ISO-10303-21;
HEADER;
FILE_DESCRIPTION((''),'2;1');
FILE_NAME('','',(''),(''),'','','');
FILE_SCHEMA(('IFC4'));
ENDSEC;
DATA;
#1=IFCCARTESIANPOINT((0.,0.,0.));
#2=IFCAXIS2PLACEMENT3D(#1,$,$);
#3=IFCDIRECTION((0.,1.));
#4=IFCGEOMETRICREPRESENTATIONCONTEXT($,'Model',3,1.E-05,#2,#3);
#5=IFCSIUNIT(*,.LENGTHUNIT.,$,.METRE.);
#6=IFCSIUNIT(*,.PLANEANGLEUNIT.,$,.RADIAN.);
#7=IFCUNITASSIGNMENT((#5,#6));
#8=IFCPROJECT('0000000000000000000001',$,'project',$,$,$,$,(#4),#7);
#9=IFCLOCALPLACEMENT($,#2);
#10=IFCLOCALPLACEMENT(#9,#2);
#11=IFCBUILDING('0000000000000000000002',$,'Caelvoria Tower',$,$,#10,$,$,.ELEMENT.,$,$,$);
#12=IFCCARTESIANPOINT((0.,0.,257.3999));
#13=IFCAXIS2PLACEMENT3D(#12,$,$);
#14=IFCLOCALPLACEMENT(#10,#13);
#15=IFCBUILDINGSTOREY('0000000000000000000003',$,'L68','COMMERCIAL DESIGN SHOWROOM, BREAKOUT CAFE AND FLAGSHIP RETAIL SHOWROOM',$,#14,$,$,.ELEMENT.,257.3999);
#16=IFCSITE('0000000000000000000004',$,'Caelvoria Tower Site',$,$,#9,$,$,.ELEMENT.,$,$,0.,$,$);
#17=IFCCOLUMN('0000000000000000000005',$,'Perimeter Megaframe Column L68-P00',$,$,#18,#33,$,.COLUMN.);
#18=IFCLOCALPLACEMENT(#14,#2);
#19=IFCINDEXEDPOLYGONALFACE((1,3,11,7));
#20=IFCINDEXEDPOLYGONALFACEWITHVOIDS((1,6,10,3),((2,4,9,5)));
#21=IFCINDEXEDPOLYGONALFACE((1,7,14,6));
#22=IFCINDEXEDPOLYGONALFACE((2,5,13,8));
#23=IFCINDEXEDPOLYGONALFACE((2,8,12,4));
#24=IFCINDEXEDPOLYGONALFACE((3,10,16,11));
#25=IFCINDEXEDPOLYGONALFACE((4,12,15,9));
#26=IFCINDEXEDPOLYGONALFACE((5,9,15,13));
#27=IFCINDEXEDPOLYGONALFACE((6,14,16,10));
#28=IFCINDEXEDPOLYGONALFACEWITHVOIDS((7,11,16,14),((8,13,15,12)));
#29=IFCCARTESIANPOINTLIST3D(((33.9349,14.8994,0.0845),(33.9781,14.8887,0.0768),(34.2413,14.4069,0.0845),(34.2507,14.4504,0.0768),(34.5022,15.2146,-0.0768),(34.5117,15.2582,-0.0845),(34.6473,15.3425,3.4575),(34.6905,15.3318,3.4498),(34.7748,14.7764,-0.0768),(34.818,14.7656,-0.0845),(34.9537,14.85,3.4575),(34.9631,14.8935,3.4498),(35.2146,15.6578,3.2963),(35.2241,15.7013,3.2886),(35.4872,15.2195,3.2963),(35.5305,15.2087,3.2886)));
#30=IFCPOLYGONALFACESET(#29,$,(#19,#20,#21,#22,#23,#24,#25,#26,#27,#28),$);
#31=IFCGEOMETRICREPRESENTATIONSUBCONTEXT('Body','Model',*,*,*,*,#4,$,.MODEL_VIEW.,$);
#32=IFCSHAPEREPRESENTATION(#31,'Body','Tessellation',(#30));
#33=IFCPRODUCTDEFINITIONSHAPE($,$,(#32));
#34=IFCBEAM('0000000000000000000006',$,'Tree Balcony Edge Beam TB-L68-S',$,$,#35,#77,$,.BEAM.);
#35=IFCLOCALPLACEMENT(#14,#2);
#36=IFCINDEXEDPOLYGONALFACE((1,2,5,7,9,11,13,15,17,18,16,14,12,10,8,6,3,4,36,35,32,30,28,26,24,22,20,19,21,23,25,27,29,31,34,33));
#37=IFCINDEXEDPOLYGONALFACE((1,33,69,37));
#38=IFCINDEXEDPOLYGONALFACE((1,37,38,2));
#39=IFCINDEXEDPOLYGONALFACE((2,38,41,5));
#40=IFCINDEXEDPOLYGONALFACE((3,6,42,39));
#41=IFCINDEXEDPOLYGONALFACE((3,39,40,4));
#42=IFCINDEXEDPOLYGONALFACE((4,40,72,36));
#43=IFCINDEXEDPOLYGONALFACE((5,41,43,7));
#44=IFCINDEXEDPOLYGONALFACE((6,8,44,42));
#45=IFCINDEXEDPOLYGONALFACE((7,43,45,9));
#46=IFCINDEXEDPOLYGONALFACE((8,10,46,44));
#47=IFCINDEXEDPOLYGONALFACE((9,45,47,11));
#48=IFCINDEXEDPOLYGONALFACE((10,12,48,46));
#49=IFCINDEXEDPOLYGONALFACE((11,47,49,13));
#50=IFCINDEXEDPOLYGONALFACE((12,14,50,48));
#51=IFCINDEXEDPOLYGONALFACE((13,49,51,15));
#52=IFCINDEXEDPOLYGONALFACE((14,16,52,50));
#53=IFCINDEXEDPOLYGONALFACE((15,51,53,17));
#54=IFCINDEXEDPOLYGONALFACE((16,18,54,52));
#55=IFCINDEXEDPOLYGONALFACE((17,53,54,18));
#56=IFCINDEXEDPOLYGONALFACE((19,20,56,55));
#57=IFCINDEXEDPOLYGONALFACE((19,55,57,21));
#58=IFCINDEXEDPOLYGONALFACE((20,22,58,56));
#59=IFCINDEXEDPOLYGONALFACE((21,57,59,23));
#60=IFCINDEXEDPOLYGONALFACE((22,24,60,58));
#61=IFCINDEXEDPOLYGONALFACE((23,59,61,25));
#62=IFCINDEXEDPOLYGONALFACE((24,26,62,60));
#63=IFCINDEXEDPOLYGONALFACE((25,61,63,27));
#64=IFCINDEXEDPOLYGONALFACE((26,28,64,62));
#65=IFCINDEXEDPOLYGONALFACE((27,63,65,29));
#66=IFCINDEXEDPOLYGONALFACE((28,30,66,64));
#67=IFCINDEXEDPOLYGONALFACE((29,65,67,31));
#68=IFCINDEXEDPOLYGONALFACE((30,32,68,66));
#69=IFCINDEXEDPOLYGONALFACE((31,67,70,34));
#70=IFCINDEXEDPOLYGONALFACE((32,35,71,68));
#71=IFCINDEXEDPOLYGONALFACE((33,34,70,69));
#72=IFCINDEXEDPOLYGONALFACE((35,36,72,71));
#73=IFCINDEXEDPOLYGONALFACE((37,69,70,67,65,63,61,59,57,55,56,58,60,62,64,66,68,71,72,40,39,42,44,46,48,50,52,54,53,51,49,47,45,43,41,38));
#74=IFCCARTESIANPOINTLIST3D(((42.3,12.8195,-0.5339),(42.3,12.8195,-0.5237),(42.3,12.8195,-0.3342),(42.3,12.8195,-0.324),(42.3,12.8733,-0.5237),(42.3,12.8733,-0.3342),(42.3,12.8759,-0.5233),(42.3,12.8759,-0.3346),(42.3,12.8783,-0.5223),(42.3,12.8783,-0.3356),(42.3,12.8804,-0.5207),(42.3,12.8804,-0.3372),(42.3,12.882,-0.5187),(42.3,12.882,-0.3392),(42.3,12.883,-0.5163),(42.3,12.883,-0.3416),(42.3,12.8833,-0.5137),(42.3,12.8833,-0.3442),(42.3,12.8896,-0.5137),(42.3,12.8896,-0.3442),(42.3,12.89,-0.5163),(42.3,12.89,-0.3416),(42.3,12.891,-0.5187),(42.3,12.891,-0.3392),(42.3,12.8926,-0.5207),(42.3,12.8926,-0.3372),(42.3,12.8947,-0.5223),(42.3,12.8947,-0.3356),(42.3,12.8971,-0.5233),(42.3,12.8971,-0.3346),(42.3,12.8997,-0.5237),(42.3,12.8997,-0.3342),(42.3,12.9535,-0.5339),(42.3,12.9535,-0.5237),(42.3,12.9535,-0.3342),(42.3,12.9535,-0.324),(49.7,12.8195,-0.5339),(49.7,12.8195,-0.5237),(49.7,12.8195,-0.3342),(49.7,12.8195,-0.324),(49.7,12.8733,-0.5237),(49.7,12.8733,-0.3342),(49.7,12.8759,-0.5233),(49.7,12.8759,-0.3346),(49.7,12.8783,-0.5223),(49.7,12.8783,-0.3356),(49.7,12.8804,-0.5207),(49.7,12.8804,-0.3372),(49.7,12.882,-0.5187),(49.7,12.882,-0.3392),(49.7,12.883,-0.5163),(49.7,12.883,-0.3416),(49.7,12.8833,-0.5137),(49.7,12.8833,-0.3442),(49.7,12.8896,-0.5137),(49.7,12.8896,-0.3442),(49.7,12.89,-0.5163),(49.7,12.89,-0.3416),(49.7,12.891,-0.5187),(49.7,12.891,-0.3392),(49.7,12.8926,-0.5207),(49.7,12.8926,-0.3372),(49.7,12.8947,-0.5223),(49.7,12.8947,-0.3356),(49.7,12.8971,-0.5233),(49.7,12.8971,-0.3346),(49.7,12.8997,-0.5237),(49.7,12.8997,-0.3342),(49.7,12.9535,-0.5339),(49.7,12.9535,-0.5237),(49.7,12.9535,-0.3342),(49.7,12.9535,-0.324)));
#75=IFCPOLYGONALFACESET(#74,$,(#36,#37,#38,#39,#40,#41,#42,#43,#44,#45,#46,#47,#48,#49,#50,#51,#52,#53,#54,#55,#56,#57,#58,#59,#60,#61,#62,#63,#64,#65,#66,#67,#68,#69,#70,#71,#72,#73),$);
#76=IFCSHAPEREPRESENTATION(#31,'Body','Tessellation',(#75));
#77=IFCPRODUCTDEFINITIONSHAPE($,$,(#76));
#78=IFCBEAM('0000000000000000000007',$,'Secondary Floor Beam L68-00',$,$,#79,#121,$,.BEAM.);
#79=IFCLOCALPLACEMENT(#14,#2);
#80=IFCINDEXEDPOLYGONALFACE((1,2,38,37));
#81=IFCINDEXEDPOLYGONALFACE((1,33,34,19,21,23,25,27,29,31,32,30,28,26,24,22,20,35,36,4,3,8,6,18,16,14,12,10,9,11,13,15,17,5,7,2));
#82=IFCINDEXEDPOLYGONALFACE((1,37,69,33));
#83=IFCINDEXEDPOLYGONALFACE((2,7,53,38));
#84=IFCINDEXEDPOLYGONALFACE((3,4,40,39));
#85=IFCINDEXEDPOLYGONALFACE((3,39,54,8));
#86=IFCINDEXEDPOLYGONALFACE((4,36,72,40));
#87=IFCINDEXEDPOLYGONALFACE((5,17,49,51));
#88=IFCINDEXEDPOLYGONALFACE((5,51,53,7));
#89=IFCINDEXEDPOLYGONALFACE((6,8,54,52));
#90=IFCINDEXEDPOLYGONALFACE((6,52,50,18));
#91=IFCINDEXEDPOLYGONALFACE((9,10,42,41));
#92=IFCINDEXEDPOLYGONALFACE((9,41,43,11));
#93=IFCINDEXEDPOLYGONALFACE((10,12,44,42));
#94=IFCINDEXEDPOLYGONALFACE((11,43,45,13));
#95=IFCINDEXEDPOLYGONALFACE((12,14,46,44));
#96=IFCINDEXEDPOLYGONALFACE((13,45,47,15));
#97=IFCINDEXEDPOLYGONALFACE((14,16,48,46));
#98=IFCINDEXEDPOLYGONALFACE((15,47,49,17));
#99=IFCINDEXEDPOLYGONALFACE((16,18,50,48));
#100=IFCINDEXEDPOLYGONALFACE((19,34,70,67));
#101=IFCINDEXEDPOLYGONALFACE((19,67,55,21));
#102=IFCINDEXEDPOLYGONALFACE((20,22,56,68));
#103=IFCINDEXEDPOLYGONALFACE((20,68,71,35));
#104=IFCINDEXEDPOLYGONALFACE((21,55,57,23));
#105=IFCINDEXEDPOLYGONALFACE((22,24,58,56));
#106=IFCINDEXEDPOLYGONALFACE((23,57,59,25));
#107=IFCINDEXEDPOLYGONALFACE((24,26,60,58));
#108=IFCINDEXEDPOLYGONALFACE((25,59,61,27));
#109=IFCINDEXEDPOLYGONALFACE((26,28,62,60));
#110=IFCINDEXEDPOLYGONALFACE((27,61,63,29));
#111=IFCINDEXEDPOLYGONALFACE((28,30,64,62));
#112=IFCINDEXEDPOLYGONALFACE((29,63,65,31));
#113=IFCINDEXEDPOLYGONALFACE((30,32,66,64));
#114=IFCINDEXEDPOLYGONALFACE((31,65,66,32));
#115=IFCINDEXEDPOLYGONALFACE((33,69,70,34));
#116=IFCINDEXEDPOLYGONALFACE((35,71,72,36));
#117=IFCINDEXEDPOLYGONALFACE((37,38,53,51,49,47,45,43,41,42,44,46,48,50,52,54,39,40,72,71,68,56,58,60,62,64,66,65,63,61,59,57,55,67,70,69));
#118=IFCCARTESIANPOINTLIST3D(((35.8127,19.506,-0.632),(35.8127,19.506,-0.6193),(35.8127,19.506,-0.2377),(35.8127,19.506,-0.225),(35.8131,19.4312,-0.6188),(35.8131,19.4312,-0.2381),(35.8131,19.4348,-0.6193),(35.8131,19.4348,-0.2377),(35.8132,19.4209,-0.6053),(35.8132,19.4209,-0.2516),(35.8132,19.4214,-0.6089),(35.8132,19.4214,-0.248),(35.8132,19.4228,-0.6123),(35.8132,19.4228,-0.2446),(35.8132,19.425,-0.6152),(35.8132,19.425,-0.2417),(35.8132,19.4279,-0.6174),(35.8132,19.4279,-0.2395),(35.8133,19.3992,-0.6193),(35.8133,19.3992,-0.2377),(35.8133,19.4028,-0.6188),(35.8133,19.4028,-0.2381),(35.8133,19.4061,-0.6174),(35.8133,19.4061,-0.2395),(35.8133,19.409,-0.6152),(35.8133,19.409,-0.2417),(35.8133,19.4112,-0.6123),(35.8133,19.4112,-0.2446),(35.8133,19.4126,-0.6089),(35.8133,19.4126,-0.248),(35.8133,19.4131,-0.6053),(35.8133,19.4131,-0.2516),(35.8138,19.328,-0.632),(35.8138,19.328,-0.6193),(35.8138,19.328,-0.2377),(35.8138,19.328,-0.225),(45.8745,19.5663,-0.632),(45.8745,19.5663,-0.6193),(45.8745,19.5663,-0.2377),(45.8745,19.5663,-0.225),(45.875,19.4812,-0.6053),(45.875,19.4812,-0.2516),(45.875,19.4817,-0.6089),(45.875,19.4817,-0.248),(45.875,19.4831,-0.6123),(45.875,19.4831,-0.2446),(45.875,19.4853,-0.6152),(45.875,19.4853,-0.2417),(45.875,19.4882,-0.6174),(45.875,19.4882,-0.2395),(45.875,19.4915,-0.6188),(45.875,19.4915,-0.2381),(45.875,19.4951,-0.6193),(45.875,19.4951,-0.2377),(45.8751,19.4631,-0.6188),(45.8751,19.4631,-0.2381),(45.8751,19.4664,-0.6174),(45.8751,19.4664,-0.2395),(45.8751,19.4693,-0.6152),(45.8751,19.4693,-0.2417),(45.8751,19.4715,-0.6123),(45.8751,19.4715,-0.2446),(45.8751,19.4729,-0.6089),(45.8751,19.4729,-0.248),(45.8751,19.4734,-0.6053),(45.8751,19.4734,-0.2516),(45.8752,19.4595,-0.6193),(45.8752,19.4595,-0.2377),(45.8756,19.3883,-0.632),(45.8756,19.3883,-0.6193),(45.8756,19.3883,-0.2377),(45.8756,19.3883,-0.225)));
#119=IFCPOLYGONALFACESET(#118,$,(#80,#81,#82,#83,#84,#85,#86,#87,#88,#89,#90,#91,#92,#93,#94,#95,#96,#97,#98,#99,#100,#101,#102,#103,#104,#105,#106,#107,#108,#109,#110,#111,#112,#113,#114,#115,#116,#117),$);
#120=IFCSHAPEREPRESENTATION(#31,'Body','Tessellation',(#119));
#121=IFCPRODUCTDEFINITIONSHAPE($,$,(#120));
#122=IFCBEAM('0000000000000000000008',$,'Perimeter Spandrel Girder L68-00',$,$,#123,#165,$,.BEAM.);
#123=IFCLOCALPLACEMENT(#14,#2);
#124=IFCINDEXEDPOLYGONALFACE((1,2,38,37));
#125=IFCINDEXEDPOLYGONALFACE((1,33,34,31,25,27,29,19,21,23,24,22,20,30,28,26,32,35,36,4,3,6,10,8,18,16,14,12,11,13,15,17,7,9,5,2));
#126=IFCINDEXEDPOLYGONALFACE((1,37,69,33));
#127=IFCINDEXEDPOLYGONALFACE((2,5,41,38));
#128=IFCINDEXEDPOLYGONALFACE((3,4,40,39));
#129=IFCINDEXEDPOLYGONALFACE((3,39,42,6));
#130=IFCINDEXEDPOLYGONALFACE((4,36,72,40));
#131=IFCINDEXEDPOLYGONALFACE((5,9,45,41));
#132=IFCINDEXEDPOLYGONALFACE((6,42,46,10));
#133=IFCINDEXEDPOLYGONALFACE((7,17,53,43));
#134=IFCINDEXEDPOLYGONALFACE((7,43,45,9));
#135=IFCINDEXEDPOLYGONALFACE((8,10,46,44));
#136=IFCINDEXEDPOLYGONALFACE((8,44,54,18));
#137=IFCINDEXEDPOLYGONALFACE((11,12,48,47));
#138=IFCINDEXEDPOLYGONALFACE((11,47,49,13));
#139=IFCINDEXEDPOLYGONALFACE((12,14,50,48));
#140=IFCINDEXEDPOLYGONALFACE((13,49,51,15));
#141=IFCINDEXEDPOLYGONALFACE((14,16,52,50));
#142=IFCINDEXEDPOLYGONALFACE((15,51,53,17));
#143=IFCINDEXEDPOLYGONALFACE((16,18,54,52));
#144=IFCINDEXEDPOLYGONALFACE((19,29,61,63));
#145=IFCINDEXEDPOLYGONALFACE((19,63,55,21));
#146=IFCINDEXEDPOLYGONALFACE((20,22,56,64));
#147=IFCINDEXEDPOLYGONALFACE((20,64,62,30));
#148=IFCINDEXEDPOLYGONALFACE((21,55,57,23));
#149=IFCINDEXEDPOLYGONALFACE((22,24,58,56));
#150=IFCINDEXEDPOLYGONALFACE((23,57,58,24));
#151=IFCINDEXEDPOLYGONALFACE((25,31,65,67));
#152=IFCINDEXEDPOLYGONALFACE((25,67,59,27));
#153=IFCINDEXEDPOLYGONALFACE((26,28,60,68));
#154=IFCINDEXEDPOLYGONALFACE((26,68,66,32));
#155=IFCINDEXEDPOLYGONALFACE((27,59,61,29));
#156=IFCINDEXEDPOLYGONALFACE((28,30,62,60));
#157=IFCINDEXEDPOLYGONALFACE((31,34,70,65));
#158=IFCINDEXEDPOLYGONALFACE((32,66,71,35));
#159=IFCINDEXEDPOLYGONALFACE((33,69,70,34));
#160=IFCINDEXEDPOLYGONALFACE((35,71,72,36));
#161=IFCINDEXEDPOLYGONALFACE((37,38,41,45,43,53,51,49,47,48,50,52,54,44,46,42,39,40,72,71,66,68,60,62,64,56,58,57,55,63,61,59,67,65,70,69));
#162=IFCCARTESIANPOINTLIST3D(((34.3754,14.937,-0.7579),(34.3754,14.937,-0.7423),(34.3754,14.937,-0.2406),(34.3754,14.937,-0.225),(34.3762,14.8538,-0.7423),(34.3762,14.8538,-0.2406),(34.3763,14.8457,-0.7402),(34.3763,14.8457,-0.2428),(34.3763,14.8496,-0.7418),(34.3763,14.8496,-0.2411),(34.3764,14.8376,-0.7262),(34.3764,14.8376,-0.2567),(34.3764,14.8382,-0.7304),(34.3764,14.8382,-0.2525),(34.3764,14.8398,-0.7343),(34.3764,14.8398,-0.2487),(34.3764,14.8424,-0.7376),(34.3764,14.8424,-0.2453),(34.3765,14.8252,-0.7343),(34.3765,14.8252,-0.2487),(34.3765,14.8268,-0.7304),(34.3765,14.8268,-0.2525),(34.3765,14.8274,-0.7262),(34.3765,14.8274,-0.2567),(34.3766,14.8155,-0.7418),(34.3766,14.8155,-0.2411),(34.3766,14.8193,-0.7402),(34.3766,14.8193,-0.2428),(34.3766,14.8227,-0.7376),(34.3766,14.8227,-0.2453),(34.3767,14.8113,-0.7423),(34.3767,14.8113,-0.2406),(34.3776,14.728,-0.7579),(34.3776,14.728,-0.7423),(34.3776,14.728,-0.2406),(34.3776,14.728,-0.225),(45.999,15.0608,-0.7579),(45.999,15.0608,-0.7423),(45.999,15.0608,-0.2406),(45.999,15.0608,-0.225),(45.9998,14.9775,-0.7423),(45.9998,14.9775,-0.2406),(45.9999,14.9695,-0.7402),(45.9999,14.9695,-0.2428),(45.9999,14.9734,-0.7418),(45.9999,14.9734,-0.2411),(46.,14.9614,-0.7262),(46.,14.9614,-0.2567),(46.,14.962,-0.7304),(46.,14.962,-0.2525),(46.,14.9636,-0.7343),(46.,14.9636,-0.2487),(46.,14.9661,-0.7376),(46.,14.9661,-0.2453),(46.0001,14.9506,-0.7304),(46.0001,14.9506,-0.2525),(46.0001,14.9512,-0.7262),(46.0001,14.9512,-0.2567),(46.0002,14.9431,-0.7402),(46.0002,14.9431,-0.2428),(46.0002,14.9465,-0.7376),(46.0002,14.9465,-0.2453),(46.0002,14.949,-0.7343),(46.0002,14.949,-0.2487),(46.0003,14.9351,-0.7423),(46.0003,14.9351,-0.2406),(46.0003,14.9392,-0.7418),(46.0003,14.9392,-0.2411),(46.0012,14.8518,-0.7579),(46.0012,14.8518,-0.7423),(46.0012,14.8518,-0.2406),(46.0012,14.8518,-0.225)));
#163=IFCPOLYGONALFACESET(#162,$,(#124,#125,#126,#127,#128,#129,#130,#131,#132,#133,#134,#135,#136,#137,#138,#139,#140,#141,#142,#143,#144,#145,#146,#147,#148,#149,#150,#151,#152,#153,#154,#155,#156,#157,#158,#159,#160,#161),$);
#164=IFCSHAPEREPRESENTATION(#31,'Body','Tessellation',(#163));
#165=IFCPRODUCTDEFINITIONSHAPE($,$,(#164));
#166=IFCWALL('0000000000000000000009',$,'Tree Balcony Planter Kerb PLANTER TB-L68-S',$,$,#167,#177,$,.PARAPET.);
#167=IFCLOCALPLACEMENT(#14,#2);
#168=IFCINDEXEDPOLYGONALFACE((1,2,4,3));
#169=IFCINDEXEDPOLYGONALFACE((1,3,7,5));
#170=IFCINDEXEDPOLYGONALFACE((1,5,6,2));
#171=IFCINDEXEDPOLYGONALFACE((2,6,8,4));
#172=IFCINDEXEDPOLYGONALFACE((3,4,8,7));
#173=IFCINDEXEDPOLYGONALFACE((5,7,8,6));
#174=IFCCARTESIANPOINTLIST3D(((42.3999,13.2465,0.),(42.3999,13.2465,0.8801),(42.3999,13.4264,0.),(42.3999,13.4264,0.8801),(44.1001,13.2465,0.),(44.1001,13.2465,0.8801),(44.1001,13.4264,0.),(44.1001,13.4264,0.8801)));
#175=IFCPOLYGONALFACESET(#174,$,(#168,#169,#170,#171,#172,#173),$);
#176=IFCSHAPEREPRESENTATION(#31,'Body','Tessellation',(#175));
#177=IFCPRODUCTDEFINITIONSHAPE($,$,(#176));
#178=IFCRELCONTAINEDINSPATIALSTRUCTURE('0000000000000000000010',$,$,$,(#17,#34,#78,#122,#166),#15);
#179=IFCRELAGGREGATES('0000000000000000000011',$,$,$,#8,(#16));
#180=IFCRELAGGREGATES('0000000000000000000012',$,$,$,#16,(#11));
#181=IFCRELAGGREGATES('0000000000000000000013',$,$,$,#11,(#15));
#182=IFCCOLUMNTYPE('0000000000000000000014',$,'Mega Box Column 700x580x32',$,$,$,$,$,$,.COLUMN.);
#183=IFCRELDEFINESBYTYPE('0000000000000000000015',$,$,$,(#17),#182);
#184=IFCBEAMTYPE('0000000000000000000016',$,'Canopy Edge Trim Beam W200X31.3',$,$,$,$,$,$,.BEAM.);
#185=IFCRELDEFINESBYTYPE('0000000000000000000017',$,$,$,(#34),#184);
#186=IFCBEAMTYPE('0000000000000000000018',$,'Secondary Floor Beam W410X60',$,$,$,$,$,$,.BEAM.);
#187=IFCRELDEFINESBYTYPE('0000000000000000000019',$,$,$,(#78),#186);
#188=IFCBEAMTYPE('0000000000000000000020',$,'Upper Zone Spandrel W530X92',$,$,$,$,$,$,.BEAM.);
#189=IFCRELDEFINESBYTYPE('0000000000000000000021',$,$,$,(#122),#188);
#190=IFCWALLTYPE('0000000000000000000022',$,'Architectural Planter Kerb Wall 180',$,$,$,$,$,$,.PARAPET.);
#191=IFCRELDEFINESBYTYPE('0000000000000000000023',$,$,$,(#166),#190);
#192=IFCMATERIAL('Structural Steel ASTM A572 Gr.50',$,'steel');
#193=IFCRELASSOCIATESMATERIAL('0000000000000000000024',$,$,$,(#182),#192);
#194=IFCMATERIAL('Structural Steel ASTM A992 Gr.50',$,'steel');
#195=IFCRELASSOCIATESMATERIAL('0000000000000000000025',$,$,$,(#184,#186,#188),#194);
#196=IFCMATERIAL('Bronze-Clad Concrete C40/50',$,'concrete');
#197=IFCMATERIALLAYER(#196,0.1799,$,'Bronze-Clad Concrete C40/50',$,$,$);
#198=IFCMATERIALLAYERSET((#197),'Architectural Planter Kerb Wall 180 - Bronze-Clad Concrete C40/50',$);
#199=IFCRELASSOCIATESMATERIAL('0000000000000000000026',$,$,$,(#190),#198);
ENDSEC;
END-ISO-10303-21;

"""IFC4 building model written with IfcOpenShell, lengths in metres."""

from ifc_helpers import new_model, si_unit, direction, frame, frame_2d, origin, origin_2d, place, context, subcontext, project, spatial, rectangle, hollow_rectangle, i_section, extrude, material, layer, layer_set, material_profile, profile_set, type_object, element, save


model = new_model("IFC4")

# Units and contexts
model_context = context("Model", 3, precision=1e-05, world=origin(), true_north=direction((0.0, 1.0)))
body_context = subcontext(model_context, "Body", "Model", "MODEL_VIEW")
ifc_project = project(units=[si_unit("LENGTHUNIT", "METRE"), si_unit("PLANEANGLEUNIT", "RADIAN")], contexts=[model_context])

# Site, building, storey
site_placement = place(None, origin())
site = spatial("IfcSite", under=ifc_project, at=site_placement, Name="Caelvoria Tower Site", CompositionType="ELEMENT", RefElevation=0.0)
building_placement = place(site_placement, origin())
building = spatial("IfcBuilding", under=site, at=building_placement, Name="Caelvoria Tower", CompositionType="ELEMENT")
storey_placement = place(building_placement, frame((0.0, 0.0, 257.3999)))
storey = spatial("IfcBuildingStorey", under=building, at=storey_placement, Name="L68", Description="COMMERCIAL DESIGN SHOWROOM, BREAKOUT CAFE AND FLAGSHIP RETAIL SHOWROOM", CompositionType="ELEMENT", Elevation=257.3999)

# Column
ifc_material_1 = material(Name="Structural Steel ASTM A572 Gr.50", Category="steel")
ifc_material_profile_1 = material_profile(ifc_material_1, hollow_rectangle(XDim=0.5801, YDim=0.7, WallThickness=0.032, at=origin_2d()), Name="Structural Steel ASTM A572 Gr.50")
ifc_profile_set_1 = profile_set([ifc_material_profile_1], Name="BOX700X580X32 - Structural Steel ASTM A572 Gr.50")
column_type = type_object("IfcColumnType", Name="Mega Box Column 700x580x32", PredefinedType="COLUMN", material=ifc_profile_set_1)
column_placement = place(storey_placement, frame((34.3765, 14.8325, 0.0), z_axis=(0.20496, 0.127485, 0.970432), x_axis=(-0.528167, 0.849141, 0.0)))
element("IfcColumn", 1, at=column_placement, inside=storey, type_object=column_type, Name="Perimeter Megaframe Column L68-P00", PredefinedType="COLUMN", context=body_context, shape_type="SweptSolid", body=[
    extrude(hollow_rectangle(XDim=0.5801, YDim=0.7, WallThickness=0.032, at=origin_2d()), origin(), (0.0, 0.0, 1.0), 3.4758),
])

# Beams
ifc_material_2 = material(Name="Structural Steel ASTM A992 Gr.50", Category="steel")
ifc_material_profile_2 = material_profile(ifc_material_2, i_section(OverallWidth=0.134, OverallDepth=0.21, WebThickness=0.0063, FlangeThickness=0.0103, FilletRadius=0.01, at=origin_2d()), Name="Structural Steel ASTM A992 Gr.50")
ifc_profile_set_2 = profile_set([ifc_material_profile_2], Name="W200X31.3 - Structural Steel ASTM A992 Gr.50")
beam_type_1 = type_object("IfcBeamType", Name="Canopy Edge Trim Beam W200X31.3", PredefinedType="BEAM", material=ifc_profile_set_2)
beam_1_placement = place(storey_placement, frame((42.3, 12.8865, -0.429), z_axis=(1.0, 0.0, 0.0), x_axis=(0.0, 1.0, 0.0)))
element("IfcBeam", 2, at=beam_1_placement, inside=storey, type_object=beam_type_1, Name="Tree Balcony Edge Beam TB-L68-S", PredefinedType="BEAM", context=body_context, shape_type="SweptSolid", body=[
    extrude(i_section(OverallWidth=0.134, OverallDepth=0.21, WebThickness=0.0063, FlangeThickness=0.0103, FilletRadius=0.01, at=origin_2d()), origin(), (0.0, 0.0, 1.0), 7.3999),
])
ifc_material_profile_3 = material_profile(ifc_material_2, i_section(OverallWidth=0.178, OverallDepth=0.407, WebThickness=0.0078, FlangeThickness=0.0127, FilletRadius=0.0139, at=origin_2d()), Name="Structural Steel ASTM A992 Gr.50")
ifc_profile_set_3 = profile_set([ifc_material_profile_3], Name="W410X60 - Structural Steel ASTM A992 Gr.50")
beam_type_2 = type_object("IfcBeamType", Name="Secondary Floor Beam W410X60", PredefinedType="BEAM", material=ifc_profile_set_3)
beam_2_placement = place(storey_placement, frame((35.8132, 19.417, -0.4285), z_axis=(0.999982, 0.005993, 0.0), x_axis=(-0.005993, 0.999982, 0.0)))
element("IfcBeam", 3, at=beam_2_placement, inside=storey, type_object=beam_type_2, Name="Secondary Floor Beam L68-00", PredefinedType="BEAM", context=body_context, shape_type="SweptSolid", body=[
    extrude(i_section(OverallWidth=0.178, OverallDepth=0.407, WebThickness=0.0078, FlangeThickness=0.0127, FilletRadius=0.0139, at=origin_2d()), origin(), (0.0, 0.0, 1.0), 10.062),
])
ifc_material_profile_4 = material_profile(ifc_material_2, i_section(OverallWidth=0.209, OverallDepth=0.533, WebThickness=0.0103, FlangeThickness=0.0156, FilletRadius=0.0161, at=origin_2d()), Name="Structural Steel ASTM A992 Gr.50")
ifc_profile_set_4 = profile_set([ifc_material_profile_4], Name="W530X92 - Structural Steel ASTM A992 Gr.50")
beam_type_3 = type_object("IfcBeamType", Name="Upper Zone Spandrel W530X92", PredefinedType="BEAM", material=ifc_profile_set_4)
beam_3_placement = place(storey_placement, frame((34.3765, 14.8325, -0.4915), z_axis=(0.999943, 0.010648, 0.0), x_axis=(-0.010648, 0.999943, 0.0)))
element("IfcBeam", 4, at=beam_3_placement, inside=storey, type_object=beam_type_3, Name="Perimeter Spandrel Girder L68-00", PredefinedType="BEAM", context=body_context, shape_type="SweptSolid", body=[
    extrude(i_section(OverallWidth=0.209, OverallDepth=0.533, WebThickness=0.0103, FlangeThickness=0.0156, FilletRadius=0.0161, at=origin_2d()), origin(), (0.0, 0.0, 1.0), 11.6243),
])

# Wall
ifc_material_3 = material(Name="Bronze-Clad Concrete C40/50", Category="concrete")
ifc_layer_1 = layer(ifc_material_3, 0.1799, Name="Bronze-Clad Concrete C40/50")
ifc_layer_set_1 = layer_set([ifc_layer_1], Name="Architectural Planter Kerb Wall 180 - Bronze-Clad Concrete C40/50")
wall_type_1 = type_object("IfcWallType", Name="Architectural Planter Kerb Wall 180", PredefinedType="PARAPET", material=ifc_layer_set_1)
wall_1_placement = place(storey_placement, frame((42.3999, 13.3364, 0.0), z_axis=(0.0, 0.0, 1.0), x_axis=(1.0, 0.0, 0.0)))
element("IfcWall", 5, at=wall_1_placement, inside=storey, type_object=wall_type_1, Name="Tree Balcony Planter Kerb PLANTER TB-L68-S", PredefinedType="PARAPET", context=body_context, shape_type="SweptSolid", body=[
    extrude(rectangle(XDim=1.7002, YDim=0.1799, at=frame_2d((0.8501, 0.0))), origin(), (0.0, 0.0, 1.0), 0.8801),
])

save(model, "model.ifc")
